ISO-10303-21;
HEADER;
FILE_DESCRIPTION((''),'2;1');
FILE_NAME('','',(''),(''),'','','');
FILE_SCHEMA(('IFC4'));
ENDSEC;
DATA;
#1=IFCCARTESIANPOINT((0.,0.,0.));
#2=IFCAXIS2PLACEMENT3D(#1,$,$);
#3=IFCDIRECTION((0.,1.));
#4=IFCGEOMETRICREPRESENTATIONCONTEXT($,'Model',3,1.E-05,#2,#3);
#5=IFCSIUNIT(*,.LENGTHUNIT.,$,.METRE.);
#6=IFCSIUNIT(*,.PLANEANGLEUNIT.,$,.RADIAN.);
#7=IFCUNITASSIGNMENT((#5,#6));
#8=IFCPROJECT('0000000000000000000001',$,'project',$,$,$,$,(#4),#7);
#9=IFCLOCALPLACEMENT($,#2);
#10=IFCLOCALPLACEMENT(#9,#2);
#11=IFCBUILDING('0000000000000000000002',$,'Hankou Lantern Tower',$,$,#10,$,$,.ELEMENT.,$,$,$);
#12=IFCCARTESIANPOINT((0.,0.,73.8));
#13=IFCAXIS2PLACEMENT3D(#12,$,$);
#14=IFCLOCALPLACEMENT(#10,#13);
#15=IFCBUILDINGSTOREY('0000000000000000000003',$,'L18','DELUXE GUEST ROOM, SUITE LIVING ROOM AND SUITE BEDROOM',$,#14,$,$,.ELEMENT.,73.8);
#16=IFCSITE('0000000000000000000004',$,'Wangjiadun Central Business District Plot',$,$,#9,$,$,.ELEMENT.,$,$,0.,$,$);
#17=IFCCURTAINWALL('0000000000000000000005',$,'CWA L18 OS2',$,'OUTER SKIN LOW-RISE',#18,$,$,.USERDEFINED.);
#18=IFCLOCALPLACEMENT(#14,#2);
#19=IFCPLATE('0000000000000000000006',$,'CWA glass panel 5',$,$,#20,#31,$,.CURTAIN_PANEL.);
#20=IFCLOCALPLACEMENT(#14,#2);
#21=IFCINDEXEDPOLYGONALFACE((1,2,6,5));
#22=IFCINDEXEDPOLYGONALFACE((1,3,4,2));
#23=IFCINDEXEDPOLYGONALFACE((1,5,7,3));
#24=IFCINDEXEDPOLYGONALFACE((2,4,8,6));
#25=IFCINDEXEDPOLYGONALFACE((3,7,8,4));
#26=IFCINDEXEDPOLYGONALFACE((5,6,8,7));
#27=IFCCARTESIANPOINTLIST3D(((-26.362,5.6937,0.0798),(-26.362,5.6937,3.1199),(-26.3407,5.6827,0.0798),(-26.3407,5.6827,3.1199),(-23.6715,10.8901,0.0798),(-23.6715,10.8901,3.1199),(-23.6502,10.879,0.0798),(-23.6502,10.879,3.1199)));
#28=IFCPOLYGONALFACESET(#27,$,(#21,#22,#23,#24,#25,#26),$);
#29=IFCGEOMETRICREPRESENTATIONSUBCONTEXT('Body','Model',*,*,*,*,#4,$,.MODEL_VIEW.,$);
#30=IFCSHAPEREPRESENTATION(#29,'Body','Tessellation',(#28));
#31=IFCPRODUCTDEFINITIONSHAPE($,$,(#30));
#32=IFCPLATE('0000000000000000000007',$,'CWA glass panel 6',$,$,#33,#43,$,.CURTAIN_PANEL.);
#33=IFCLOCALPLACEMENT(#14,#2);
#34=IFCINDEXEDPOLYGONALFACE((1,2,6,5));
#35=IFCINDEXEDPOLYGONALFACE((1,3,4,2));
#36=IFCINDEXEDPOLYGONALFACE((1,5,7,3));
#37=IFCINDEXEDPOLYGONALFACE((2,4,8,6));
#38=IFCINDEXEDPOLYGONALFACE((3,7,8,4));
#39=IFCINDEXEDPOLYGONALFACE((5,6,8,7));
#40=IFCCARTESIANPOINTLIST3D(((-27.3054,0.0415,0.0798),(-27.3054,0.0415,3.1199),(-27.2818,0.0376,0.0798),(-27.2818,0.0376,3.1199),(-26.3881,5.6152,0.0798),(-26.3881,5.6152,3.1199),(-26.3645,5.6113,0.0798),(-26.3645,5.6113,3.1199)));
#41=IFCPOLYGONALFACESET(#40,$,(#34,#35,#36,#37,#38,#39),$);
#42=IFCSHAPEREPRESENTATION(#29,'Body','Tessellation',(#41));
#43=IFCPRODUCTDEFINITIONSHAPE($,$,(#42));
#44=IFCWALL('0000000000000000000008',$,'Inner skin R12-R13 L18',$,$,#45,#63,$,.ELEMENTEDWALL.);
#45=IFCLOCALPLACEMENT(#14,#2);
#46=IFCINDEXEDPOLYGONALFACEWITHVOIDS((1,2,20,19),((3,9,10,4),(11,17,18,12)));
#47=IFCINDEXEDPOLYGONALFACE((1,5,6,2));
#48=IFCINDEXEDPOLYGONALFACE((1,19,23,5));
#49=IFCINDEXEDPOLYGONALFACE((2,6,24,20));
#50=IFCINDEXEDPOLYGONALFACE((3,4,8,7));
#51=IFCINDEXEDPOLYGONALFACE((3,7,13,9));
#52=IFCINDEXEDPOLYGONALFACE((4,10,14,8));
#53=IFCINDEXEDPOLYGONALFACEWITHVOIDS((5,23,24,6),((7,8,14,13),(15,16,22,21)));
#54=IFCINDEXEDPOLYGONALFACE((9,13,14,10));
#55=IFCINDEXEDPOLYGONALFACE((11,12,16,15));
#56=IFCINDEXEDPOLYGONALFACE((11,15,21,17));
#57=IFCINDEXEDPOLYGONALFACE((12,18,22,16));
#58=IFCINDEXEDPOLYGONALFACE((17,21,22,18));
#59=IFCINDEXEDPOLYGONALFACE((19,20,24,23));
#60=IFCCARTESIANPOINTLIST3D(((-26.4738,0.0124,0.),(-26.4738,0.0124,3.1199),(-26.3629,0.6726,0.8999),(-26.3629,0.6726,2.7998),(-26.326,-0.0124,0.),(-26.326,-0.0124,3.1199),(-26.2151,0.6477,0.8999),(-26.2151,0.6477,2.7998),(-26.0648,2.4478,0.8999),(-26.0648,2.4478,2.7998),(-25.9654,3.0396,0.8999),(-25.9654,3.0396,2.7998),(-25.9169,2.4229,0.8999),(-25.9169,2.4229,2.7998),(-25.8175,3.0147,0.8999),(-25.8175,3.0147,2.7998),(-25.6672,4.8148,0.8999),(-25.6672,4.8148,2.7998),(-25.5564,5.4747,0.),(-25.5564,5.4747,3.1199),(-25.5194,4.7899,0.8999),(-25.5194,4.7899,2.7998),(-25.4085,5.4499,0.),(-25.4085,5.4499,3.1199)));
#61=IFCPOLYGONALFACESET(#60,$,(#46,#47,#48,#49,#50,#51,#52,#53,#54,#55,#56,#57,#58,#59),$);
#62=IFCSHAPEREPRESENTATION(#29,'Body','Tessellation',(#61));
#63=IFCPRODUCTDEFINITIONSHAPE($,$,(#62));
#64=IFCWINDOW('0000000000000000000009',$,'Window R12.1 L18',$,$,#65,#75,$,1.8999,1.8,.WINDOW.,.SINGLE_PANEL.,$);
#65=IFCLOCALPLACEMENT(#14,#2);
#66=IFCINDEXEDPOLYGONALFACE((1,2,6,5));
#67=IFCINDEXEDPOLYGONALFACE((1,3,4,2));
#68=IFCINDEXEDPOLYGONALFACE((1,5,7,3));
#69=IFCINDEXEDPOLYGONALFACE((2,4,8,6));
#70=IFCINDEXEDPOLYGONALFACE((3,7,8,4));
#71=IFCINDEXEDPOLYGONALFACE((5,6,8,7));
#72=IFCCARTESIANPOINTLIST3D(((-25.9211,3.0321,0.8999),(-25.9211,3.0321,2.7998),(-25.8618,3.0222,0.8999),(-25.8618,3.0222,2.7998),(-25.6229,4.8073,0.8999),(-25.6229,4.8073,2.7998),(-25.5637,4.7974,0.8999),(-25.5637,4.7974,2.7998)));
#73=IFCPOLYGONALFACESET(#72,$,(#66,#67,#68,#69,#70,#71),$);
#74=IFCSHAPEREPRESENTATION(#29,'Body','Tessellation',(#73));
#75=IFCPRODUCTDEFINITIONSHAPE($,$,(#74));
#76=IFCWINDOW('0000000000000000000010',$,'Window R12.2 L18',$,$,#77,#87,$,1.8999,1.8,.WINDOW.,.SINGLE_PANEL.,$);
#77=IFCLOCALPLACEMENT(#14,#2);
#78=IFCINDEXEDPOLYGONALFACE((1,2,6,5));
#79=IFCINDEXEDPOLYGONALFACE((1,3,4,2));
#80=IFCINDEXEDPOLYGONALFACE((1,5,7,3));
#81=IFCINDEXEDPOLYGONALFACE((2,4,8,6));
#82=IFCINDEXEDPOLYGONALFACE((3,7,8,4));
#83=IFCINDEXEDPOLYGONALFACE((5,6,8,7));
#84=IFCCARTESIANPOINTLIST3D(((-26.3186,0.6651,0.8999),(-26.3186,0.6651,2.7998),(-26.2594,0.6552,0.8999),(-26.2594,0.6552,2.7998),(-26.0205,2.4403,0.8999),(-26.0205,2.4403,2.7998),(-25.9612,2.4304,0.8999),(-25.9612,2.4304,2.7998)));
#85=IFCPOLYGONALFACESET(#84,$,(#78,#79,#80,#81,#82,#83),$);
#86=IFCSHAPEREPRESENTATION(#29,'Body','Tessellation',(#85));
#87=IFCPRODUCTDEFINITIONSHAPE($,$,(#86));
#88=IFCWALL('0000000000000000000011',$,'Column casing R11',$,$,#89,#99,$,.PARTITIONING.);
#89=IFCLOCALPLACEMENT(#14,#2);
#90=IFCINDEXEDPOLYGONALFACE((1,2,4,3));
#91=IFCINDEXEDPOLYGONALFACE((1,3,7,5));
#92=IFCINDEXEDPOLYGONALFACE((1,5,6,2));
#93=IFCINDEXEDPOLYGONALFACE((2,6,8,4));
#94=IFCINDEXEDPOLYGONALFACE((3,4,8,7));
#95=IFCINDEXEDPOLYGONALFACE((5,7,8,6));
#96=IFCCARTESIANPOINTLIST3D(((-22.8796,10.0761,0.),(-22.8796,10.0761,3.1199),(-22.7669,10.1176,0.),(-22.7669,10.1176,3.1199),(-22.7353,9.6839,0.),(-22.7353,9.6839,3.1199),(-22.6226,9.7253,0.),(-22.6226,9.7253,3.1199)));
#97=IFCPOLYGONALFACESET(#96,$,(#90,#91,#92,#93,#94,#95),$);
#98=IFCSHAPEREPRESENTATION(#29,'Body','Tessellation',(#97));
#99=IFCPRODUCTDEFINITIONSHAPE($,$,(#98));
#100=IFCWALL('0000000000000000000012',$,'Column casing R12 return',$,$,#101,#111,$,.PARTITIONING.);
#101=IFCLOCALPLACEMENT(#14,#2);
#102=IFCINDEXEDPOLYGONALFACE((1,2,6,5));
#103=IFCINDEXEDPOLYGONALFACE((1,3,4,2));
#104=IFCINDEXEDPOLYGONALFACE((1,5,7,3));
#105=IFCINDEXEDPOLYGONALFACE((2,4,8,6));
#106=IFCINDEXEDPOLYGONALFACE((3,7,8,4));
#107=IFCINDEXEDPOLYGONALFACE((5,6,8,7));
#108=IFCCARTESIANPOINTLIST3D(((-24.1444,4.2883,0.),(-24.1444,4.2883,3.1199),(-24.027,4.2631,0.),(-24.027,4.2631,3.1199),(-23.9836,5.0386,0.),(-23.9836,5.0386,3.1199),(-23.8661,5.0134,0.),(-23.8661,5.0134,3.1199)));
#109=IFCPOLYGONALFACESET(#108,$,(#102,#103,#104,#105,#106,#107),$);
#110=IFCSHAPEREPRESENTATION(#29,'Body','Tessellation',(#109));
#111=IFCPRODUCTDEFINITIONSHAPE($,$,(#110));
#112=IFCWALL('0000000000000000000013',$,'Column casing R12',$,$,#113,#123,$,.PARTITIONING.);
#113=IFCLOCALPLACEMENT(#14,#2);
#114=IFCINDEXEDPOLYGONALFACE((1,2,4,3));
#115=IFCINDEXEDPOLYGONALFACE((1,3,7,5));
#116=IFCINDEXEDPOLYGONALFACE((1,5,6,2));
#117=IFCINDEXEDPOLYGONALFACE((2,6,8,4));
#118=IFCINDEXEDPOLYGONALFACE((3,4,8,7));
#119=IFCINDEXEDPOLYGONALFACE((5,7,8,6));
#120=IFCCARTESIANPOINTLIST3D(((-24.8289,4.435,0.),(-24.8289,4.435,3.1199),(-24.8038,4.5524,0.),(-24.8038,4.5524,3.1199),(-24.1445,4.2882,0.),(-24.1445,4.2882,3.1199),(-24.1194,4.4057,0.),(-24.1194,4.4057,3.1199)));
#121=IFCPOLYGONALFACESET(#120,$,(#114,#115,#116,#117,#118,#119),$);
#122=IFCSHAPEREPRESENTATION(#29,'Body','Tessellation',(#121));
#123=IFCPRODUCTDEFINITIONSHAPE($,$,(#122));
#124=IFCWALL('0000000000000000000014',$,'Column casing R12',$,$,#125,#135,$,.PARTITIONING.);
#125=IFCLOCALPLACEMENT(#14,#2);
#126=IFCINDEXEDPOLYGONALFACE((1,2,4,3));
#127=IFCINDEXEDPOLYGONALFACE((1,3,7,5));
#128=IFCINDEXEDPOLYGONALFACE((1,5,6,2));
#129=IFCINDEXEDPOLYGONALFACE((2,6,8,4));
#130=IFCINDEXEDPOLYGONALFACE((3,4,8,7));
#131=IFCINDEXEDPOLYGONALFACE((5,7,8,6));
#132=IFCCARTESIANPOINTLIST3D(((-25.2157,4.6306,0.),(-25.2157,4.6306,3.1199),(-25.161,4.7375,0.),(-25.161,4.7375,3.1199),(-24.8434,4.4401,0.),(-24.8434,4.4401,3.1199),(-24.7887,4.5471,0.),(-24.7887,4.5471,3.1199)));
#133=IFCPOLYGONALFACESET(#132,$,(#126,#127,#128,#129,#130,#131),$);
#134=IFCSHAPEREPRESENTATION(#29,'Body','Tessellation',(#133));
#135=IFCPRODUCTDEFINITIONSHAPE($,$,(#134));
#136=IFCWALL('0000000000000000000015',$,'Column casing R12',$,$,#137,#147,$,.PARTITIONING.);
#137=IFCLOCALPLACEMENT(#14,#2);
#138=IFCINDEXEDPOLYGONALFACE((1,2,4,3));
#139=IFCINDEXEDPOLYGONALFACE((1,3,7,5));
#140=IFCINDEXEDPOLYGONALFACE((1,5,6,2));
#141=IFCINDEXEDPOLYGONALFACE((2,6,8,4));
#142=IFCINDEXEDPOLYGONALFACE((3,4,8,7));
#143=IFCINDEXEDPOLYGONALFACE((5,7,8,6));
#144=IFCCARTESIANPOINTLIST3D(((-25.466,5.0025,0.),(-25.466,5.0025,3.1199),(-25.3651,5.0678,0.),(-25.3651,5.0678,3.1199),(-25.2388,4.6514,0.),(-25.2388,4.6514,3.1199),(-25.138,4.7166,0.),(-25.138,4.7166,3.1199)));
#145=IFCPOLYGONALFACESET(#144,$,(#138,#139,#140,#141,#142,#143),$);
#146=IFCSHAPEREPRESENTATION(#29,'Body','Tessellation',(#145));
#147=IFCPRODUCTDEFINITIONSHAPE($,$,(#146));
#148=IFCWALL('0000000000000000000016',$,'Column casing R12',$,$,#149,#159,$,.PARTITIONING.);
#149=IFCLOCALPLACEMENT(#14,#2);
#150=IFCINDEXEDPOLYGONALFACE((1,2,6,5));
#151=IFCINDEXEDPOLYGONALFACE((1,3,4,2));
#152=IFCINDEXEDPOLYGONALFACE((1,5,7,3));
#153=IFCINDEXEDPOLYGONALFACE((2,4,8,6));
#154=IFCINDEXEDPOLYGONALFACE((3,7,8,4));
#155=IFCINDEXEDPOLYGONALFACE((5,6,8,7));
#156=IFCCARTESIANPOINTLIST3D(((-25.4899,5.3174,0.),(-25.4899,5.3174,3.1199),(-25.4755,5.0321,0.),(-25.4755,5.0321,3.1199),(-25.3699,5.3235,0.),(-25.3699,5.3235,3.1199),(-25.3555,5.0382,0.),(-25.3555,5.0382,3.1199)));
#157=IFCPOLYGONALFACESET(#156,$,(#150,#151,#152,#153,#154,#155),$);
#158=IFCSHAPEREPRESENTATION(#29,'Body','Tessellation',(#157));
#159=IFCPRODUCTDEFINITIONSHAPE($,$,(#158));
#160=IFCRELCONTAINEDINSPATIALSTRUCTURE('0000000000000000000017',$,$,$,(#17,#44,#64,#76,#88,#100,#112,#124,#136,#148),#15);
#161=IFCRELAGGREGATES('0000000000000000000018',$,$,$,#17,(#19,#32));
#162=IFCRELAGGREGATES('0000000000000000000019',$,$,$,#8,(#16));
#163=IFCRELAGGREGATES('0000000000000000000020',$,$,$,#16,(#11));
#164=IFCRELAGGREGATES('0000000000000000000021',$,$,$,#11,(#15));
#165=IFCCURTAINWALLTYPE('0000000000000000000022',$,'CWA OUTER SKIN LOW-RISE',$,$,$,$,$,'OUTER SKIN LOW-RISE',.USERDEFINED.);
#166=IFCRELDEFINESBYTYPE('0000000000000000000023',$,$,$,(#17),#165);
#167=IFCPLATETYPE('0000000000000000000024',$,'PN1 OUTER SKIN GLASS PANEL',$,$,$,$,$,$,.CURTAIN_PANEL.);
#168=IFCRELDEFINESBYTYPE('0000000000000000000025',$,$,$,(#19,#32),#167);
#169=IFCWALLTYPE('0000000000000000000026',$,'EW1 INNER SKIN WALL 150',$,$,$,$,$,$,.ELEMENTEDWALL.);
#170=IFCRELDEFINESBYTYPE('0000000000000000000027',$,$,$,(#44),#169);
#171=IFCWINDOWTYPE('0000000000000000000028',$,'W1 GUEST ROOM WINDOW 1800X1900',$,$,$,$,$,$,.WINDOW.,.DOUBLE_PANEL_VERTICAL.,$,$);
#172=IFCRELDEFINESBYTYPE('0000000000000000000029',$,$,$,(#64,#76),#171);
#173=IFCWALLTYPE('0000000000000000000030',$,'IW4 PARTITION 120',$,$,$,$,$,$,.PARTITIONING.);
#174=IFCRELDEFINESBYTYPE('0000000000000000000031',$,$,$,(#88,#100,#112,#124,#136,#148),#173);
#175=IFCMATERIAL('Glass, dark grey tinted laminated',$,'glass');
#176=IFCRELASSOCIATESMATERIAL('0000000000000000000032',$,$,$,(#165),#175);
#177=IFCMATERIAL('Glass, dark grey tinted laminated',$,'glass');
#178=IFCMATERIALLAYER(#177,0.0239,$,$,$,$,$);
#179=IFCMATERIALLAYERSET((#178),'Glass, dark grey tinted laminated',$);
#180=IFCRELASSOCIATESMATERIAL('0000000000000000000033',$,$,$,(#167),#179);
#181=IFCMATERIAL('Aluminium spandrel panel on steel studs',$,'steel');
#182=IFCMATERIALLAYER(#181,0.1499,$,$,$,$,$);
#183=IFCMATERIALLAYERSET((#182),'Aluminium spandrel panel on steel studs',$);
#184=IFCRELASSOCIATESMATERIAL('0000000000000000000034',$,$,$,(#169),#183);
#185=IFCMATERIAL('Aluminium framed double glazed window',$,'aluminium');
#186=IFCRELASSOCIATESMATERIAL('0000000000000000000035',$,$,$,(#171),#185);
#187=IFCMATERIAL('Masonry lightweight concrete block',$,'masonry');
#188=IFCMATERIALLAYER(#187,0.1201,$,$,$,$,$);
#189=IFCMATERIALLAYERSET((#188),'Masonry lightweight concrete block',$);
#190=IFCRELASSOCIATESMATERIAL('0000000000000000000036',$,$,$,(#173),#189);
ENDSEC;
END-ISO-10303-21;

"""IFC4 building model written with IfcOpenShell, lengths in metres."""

from ifc_helpers import new_model, si_unit, direction, frame, frame_2d, origin, origin_2d, place, context, subcontext, project, spatial, rectangle, extrude, material, layer, layer_set, type_object, element, fill, aggregate, save


model = new_model("IFC4")

# Units and contexts
model_context = context("Model", 3, precision=1e-05, world=origin(), true_north=direction((0.0, 1.0)))
body_context = subcontext(model_context, "Body", "Model", "MODEL_VIEW")
ifc_project = project(units=[si_unit("LENGTHUNIT", "METRE"), si_unit("PLANEANGLEUNIT", "RADIAN")], contexts=[model_context])

# Site, building, storey
site_placement = place(None, origin())
site = spatial("IfcSite", under=ifc_project, at=site_placement, Name="Wangjiadun Central Business District Plot", CompositionType="ELEMENT", RefElevation=0.0)
building_placement = place(site_placement, origin())
building = spatial("IfcBuilding", under=site, at=building_placement, Name="Hankou Lantern Tower", CompositionType="ELEMENT")
storey_placement = place(building_placement, frame((0.0, 0.0, 73.8)))
storey = spatial("IfcBuildingStorey", under=building, at=storey_placement, Name="L18", Description="DELUXE GUEST ROOM, SUITE LIVING ROOM AND SUITE BEDROOM", CompositionType="ELEMENT", Elevation=73.8)

# Curtain wall
ifc_material_1 = material(Name="Glass, dark grey tinted laminated", Category="glass")
curtain_wall_type = type_object("IfcCurtainWallType", Name="CWA OUTER SKIN LOW-RISE", ElementType="OUTER SKIN LOW-RISE", PredefinedType="USERDEFINED", material=ifc_material_1)
curtain_wall_placement = place(storey_placement, origin())
curtain_wall = element("IfcCurtainWall", 1, at=curtain_wall_placement, inside=storey, type_object=curtain_wall_type, Name="CWA L18 OS2", ObjectType="OUTER SKIN LOW-RISE", PredefinedType="USERDEFINED")

# Plates
ifc_material_2 = material(Name="Glass, dark grey tinted laminated", Category="glass")
ifc_layer_1 = layer(ifc_material_2, 0.0239)
ifc_layer_set_1 = layer_set([ifc_layer_1], Name="Glass, dark grey tinted laminated")
plate_type = type_object("IfcPlateType", Name="PN1 OUTER SKIN GLASS PANEL", PredefinedType="CURTAIN_PANEL", material=ifc_layer_set_1)
plate_1_placement = place(storey_placement, frame((-25.0061, 8.2864, 0.0798), z_axis=(0.0, 0.0, 1.0), x_axis=(-0.459791, -0.888027, 0.0)))
plate_1 = element("IfcPlate", 2, at=plate_1_placement, type_object=plate_type, Name="CWA glass panel 5", PredefinedType="CURTAIN_PANEL", context=body_context, shape_type="SweptSolid", body=[
    extrude(rectangle(XDim=5.8516, YDim=0.0239, at=origin_2d()), origin(), (0.0, 0.0, 1.0), 3.04),
])
plate_2_placement = place(storey_placement, frame((-26.835, 2.8264, 0.0798), z_axis=(0.0, 0.0, 1.0), x_axis=(-0.162382, -0.986728, 0.0)))
plate_2 = element("IfcPlate", 3, at=plate_2_placement, type_object=plate_type, Name="CWA glass panel 6", PredefinedType="CURTAIN_PANEL", context=body_context, shape_type="SweptSolid", body=[
    extrude(rectangle(XDim=5.6487, YDim=0.0239, at=origin_2d()), origin(), (0.0, 0.0, 1.0), 3.04),
])
aggregate(curtain_wall, [plate_1, plate_2])

# Wall, openings, windows
ifc_material_3 = material(Name="Aluminium spandrel panel on steel studs", Category="steel")
ifc_layer_2 = layer(ifc_material_3, 0.1499)
ifc_layer_set_2 = layer_set([ifc_layer_2], Name="Aluminium spandrel panel on steel studs")
wall_type_1 = type_object("IfcWallType", Name="EW1 INNER SKIN WALL 150", PredefinedType="ELEMENTEDWALL", material=ifc_layer_set_2)
wall_1_placement = place(storey_placement, frame((-25.4824, 5.4624, 0.0), z_axis=(0.0, 0.0, 1.0), x_axis=(-0.165643, -0.986186, 0.0)))
wall_1 = element("IfcWall", 4, at=wall_1_placement, inside=storey, type_object=wall_type_1, Name="Inner skin R12-R13 L18", PredefinedType="ELEMENTEDWALL", context=body_context, shape_type="SweptSolid", body=[
    extrude(rectangle(XDim=5.5388, YDim=0.1499, at=frame_2d((2.7695, 0.0))), origin(), (0.0, 0.0, 1.0), 3.1199),
])
opening_1_placement = place(wall_1_placement, frame((0.6694, 0.0, 0.8999)))
opening_1 = element("IfcOpeningElement", 5, at=opening_1_placement, cuts=wall_1, PredefinedType="OPENING", context=body_context, shape_type="SweptSolid", body=[
    extrude(rectangle(XDim=1.8, YDim=1.8999, at=frame_2d((0.8999, 0.95))), frame((0.0, 0.085, 0.0), z_axis=(0.0, -1.0, 0.0), x_axis=(1.0, 0.0, 0.0)), (0.0, 0.0, 1.0), 0.1699),
])
opening_2_placement = place(wall_1_placement, frame((3.0696, 0.0, 0.8999)))
opening_2 = element("IfcOpeningElement", 6, at=opening_2_placement, cuts=wall_1, PredefinedType="OPENING", context=body_context, shape_type="SweptSolid", body=[
    extrude(rectangle(XDim=1.8, YDim=1.8999, at=frame_2d((0.8999, 0.95))), frame((0.0, 0.085, 0.0), z_axis=(0.0, -1.0, 0.0), x_axis=(1.0, 0.0, 0.0)), (0.0, 0.0, 1.0), 0.1699),
])
ifc_material_4 = material(Name="Aluminium framed double glazed window", Category="aluminium")
window_type = type_object("IfcWindowType", Name="W1 GUEST ROOM WINDOW 1800X1900", PartitioningType="DOUBLE_PANEL_VERTICAL", PredefinedType="WINDOW", material=ifc_material_4)
window_1_placement = place(opening_1_placement, origin())
window_1 = element("IfcWindow", 7, at=window_1_placement, inside=storey, type_object=window_type, Name="Window R12.1 L18", OverallHeight=1.8999, OverallWidth=1.8, PartitioningType="SINGLE_PANEL", PredefinedType="WINDOW", context=body_context, shape_type="SweptSolid", body=[
    extrude(rectangle(XDim=1.8, YDim=1.8999, at=frame_2d((0.8999, 0.95))), frame((0.0, 0.03, 0.0), z_axis=(0.0, -1.0, 0.0), x_axis=(1.0, 0.0, 0.0)), (0.0, 0.0, 1.0), 0.0601),
])
fill(opening_1, window_1)
window_2_placement = place(opening_2_placement, origin())
window_2 = element("IfcWindow", 8, at=window_2_placement, inside=storey, type_object=window_type, Name="Window R12.2 L18", OverallHeight=1.8999, OverallWidth=1.8, PartitioningType="SINGLE_PANEL", PredefinedType="WINDOW", context=body_context, shape_type="SweptSolid", body=[
    extrude(rectangle(XDim=1.8, YDim=1.8999, at=frame_2d((0.8999, 0.95))), frame((0.0, 0.03, 0.0), z_axis=(0.0, -1.0, 0.0), x_axis=(1.0, 0.0, 0.0)), (0.0, 0.0, 1.0), 0.0601),
])
fill(opening_2, window_2)

# Walls
ifc_material_5 = material(Name="Masonry lightweight concrete block", Category="masonry")
ifc_layer_3 = layer(ifc_material_5, 0.1201)
ifc_layer_set_3 = layer_set([ifc_layer_3], Name="Masonry lightweight concrete block")
wall_type_2 = type_object("IfcWallType", Name="IW4 PARTITION 120", PredefinedType="PARTITIONING", material=ifc_layer_set_3)
wall_2_placement = place(storey_placement, frame((-22.679, 9.7046, 0.0), z_axis=(0.0, 0.0, 1.0), x_axis=(-0.345164, 0.938542, 0.0)))
element("IfcWall", 9, at=wall_2_placement, inside=storey, type_object=wall_type_2, Name="Column casing R11", PredefinedType="PARTITIONING", context=body_context, shape_type="SweptSolid", body=[
    extrude(rectangle(XDim=0.418, YDim=0.1201, at=frame_2d((0.209, 0.0))), origin(), (0.0, 0.0, 1.0), 3.1199),
])
wall_3_placement = place(storey_placement, frame((-23.9248, 5.0261, 0.0), z_axis=(0.0, 0.0, 1.0), x_axis=(-0.209681, -0.97777, 0.0)))
element("IfcWall", 10, at=wall_3_placement, inside=storey, type_object=wall_type_2, Name="Column casing R12 return", PredefinedType="PARTITIONING", context=body_context, shape_type="SweptSolid", body=[
    extrude(rectangle(XDim=0.7673, YDim=0.1201, at=frame_2d((0.3838, 0.0))), origin(), (0.0, 0.0, 1.0), 3.1199),
])
wall_4_placement = place(storey_placement, frame((-24.1318, 4.3469, 0.0), z_axis=(0.0, 0.0, 1.0), x_axis=(-0.977777, 0.209648, 0.0)))
element("IfcWall", 11, at=wall_4_placement, inside=storey, type_object=wall_type_2, Name="Column casing R12", PredefinedType="PARTITIONING", context=body_context, shape_type="SweptSolid", body=[
    extrude(rectangle(XDim=0.7, YDim=0.1201, at=frame_2d((0.3501, 0.0))), origin(), (0.0, 0.0, 1.0), 3.1199),
])
for number, where, z_axis, x_axis, name in (
    (12, (-24.8162, 4.4937, 0.0), (0.0, 0.0, 1.0), (-0.890303, 0.455368, 0.0), "Column casing R12"),
    (13, (-25.1885, 4.6841, 0.0), (0.0, 0.0, 1.0), (-0.543058, 0.839695, 0.0), "Column casing R12"),
):
    element("IfcWall", number, at=place(storey_placement, frame(where, z_axis=z_axis, x_axis=x_axis)), inside=storey, type_object=wall_type_2, Name=name, PredefinedType="PARTITIONING", context=body_context, shape_type="SweptSolid", body=[
        extrude(rectangle(XDim=0.4182, YDim=0.1201, at=frame_2d((0.209, 0.0))), origin(), (0.0, 0.0, 1.0), 3.1199),
    ])
wall_5_placement = place(storey_placement, frame((-25.4155, 5.0352, 0.0), z_axis=(0.0, 0.0, 1.0), x_axis=(-0.050406, 0.998729, 0.0)))
element("IfcWall", 14, at=wall_5_placement, inside=storey, type_object=wall_type_2, Name="Column casing R12", PredefinedType="PARTITIONING", context=body_context, shape_type="SweptSolid", body=[
    extrude(rectangle(XDim=0.2856, YDim=0.1201, at=frame_2d((0.1428, 0.0))), origin(), (0.0, 0.0, 1.0), 3.1199),
])

save(model, "model.ifc")
